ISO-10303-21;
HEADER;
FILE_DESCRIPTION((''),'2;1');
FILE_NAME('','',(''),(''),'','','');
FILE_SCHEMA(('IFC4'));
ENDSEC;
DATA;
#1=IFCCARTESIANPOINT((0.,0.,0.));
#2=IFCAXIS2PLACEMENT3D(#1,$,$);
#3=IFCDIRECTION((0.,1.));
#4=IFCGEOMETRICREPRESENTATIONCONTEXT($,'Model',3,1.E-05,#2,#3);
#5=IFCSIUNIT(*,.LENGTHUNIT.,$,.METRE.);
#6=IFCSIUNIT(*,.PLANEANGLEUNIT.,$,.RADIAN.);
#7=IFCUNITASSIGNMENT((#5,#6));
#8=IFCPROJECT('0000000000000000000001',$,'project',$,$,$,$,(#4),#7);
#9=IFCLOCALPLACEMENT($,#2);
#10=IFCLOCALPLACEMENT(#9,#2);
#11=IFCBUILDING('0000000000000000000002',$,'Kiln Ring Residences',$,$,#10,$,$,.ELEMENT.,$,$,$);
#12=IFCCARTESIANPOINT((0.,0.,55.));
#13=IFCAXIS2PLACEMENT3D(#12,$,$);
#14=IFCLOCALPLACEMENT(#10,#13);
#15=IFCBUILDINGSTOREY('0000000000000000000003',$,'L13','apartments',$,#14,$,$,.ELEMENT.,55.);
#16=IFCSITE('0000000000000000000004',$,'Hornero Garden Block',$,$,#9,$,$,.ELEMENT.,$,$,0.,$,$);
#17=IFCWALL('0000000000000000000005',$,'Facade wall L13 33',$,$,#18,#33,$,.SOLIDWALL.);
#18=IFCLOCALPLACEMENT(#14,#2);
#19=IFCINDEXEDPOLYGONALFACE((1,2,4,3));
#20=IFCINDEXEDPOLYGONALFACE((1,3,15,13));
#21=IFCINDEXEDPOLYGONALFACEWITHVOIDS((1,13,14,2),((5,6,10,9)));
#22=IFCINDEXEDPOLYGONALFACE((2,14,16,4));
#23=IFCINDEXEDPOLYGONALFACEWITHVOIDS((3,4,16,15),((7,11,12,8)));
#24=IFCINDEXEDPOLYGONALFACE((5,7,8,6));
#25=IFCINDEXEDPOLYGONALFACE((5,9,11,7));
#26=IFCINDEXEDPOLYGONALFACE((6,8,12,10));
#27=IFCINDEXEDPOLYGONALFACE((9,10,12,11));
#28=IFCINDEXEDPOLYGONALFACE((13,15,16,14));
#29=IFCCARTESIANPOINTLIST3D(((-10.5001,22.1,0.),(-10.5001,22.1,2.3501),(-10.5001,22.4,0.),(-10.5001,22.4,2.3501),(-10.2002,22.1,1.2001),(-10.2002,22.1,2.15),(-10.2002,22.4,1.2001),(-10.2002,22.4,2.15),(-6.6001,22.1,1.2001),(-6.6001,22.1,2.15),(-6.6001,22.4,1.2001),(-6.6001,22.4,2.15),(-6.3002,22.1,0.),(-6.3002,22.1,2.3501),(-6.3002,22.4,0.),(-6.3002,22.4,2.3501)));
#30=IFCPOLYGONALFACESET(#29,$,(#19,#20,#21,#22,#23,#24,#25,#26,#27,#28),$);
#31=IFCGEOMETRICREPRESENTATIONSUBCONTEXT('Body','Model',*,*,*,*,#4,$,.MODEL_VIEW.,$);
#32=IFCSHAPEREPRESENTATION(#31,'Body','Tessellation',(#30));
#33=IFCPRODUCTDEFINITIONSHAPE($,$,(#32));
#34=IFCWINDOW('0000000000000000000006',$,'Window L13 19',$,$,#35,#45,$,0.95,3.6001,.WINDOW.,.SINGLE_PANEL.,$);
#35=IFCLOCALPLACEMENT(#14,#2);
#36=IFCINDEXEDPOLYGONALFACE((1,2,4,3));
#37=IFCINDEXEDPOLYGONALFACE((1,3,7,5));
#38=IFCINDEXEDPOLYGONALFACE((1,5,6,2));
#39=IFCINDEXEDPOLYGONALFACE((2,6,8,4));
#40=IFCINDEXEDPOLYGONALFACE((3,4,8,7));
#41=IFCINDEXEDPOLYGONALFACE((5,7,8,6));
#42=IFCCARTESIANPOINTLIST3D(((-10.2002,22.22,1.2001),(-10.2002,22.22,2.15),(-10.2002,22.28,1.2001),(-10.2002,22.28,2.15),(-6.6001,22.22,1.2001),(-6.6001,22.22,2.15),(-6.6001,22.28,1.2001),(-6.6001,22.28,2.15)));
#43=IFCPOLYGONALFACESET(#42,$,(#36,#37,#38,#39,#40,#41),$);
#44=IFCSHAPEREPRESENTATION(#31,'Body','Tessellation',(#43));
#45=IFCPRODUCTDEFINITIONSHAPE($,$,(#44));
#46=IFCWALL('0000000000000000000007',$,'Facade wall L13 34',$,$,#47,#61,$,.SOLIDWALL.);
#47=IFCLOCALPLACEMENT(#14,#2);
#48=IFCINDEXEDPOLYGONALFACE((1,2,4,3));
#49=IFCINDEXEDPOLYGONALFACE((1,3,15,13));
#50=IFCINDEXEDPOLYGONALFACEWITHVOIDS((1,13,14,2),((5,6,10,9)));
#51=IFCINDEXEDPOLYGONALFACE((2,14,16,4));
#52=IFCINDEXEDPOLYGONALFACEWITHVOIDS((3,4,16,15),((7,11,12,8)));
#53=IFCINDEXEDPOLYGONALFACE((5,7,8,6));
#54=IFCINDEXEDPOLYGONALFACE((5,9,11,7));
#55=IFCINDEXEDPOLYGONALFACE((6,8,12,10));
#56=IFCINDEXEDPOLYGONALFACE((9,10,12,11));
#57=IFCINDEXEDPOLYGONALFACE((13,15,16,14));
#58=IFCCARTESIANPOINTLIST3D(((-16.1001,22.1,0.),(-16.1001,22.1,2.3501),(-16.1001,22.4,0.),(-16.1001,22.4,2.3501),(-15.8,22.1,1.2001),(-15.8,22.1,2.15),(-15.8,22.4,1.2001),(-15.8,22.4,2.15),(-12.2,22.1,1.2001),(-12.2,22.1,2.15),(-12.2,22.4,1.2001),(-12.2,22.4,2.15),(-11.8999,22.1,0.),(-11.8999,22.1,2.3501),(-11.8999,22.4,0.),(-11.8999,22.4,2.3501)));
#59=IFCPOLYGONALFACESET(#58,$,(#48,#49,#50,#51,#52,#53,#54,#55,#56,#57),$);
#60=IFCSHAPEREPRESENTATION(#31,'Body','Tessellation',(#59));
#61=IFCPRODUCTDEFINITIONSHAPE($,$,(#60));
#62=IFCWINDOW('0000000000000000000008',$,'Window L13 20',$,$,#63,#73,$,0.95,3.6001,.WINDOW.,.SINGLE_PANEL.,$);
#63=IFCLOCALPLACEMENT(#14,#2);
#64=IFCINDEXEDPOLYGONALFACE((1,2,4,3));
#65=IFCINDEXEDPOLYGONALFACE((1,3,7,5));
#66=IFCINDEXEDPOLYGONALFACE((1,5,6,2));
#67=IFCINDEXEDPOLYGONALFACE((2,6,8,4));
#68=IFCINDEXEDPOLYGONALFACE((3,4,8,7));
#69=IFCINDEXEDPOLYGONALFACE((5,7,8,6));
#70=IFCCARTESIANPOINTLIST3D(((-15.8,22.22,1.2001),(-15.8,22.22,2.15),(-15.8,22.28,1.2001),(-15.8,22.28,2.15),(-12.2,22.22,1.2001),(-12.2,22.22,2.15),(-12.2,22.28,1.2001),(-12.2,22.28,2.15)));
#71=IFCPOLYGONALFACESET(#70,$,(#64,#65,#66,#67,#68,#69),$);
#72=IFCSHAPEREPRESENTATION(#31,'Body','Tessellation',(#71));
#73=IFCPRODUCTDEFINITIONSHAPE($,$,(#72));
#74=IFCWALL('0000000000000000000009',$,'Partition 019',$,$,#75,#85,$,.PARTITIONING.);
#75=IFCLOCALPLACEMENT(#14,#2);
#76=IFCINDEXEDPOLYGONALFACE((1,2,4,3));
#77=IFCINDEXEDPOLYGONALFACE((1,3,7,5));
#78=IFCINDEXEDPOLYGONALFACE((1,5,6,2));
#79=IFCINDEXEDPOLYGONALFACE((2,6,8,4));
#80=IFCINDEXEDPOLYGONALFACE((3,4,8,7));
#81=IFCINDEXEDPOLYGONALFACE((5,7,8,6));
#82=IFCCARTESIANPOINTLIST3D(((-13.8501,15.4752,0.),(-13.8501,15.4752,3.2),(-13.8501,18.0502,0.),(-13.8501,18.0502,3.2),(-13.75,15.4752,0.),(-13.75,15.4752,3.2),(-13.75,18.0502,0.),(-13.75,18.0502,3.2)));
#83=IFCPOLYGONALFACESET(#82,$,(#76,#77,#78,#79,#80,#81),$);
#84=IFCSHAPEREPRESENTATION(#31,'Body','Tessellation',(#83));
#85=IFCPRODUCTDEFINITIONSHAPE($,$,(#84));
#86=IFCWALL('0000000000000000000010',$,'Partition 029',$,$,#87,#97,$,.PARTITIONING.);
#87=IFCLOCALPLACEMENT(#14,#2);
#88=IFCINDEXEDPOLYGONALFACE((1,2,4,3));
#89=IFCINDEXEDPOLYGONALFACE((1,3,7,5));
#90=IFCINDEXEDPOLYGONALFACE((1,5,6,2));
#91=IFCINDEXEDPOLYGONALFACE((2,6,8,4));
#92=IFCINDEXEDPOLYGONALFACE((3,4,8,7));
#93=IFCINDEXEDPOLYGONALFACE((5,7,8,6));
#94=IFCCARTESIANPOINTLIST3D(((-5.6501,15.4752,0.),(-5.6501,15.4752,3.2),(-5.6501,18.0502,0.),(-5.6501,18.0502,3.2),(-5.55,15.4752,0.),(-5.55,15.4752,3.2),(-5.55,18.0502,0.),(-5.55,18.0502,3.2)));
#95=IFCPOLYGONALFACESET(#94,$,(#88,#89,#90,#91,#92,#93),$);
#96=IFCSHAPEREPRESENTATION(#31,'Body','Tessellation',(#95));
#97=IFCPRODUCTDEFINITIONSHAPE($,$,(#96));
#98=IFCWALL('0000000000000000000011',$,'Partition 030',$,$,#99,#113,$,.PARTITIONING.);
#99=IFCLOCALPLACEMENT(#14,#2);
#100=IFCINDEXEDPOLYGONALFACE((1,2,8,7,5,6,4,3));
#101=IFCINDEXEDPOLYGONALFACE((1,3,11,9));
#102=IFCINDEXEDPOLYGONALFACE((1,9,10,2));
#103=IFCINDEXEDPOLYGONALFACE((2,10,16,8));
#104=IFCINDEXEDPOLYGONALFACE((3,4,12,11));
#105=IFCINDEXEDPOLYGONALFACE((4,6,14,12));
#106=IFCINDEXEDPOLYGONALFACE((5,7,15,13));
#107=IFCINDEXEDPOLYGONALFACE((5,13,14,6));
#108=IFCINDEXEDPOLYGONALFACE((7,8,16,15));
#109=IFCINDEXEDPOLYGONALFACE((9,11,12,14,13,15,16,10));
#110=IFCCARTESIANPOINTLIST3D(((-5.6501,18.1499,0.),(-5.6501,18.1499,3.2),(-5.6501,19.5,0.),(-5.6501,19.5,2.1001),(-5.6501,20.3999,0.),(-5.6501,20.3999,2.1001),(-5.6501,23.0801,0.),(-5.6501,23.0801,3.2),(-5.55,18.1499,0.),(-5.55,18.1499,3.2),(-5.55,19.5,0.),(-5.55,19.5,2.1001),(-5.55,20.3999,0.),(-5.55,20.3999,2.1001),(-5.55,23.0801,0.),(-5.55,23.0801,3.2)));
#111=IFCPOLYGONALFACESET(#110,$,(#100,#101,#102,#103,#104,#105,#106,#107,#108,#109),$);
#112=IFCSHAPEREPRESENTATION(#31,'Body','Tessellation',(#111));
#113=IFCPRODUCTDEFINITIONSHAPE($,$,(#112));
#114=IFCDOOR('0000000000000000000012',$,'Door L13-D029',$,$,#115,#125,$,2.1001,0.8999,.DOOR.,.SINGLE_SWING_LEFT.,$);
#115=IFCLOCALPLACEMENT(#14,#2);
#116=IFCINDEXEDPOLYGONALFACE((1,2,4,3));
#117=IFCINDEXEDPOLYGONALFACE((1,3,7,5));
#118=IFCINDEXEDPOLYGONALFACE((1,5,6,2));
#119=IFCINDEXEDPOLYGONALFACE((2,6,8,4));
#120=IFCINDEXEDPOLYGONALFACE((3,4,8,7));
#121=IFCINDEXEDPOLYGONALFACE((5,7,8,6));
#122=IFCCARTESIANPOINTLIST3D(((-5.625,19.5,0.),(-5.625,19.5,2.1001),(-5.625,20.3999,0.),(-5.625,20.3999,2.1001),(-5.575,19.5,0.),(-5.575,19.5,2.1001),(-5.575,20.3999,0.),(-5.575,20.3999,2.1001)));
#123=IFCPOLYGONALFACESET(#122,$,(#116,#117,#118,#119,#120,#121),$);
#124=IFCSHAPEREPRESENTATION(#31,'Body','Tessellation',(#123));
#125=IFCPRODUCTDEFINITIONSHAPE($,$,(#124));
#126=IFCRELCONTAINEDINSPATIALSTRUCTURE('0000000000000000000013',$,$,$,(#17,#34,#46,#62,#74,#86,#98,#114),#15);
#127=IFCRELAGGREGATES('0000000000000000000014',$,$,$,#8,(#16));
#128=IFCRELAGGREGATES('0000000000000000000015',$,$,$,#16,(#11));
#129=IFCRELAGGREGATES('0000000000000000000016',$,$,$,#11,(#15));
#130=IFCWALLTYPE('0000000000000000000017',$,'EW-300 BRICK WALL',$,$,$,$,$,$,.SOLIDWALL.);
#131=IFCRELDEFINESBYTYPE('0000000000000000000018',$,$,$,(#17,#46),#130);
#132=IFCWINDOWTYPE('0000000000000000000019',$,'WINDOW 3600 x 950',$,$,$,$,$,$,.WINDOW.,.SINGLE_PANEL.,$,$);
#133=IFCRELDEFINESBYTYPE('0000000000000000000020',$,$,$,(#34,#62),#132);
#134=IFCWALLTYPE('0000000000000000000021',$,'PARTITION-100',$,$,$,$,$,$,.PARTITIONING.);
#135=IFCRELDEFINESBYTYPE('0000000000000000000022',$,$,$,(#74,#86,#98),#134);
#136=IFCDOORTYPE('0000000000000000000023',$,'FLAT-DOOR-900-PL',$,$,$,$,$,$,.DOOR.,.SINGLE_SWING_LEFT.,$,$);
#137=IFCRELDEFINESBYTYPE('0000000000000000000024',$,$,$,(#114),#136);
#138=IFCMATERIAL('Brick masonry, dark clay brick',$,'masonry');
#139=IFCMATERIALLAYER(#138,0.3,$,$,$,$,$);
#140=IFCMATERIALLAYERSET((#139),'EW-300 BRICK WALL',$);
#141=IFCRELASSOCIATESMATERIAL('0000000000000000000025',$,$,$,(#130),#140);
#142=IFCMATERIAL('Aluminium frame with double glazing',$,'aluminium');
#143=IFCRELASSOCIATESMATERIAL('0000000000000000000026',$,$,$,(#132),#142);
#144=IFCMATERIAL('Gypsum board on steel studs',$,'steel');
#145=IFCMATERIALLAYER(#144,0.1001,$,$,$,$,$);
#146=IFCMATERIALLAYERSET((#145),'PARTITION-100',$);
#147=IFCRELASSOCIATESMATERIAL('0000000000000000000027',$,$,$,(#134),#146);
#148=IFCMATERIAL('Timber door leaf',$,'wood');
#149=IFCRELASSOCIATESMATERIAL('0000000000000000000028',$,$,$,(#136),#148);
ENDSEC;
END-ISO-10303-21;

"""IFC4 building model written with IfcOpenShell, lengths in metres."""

from ifc_helpers import new_model, si_unit, direction, frame, frame_2d, origin, place, context, subcontext, project, spatial, rectangle, extrude, material, layer, layer_set, type_object, element, fill, save


model = new_model("IFC4")

# Units and contexts
model_context = context("Model", 3, precision=1e-05, world=origin(), true_north=direction((0.0, 1.0)))
body_context = subcontext(model_context, "Body", "Model", "MODEL_VIEW")
ifc_project = project(units=[si_unit("LENGTHUNIT", "METRE"), si_unit("PLANEANGLEUNIT", "RADIAN")], contexts=[model_context])

# Site, building, storey
site_placement = place(None, origin())
site = spatial("IfcSite", under=ifc_project, at=site_placement, Name="Hornero Garden Block", CompositionType="ELEMENT", RefElevation=0.0)
building_placement = place(site_placement, origin())
building = spatial("IfcBuilding", under=site, at=building_placement, Name="Kiln Ring Residences", CompositionType="ELEMENT")
storey_placement = place(building_placement, frame((0.0, 0.0, 55.0)))
storey = spatial("IfcBuildingStorey", under=building, at=storey_placement, Name="L13", Description="apartments", CompositionType="ELEMENT", Elevation=55.0)

# Walls, openings, windows
ifc_material_1 = material(Name="Brick masonry, dark clay brick", Category="masonry")
ifc_layer_1 = layer(ifc_material_1, 0.3)
ifc_layer_set_1 = layer_set([ifc_layer_1], Name="EW-300 BRICK WALL")
wall_type_1 = type_object("IfcWallType", Name="EW-300 BRICK WALL", PredefinedType="SOLIDWALL", material=ifc_layer_set_1)
ifc_material_2 = material(Name="Aluminium frame with double glazing", Category="aluminium")
window_type = type_object("IfcWindowType", Name="WINDOW 3600 x 950", PartitioningType="SINGLE_PANEL", PredefinedType="WINDOW", material=ifc_material_2)
wall_1_placement = place(storey_placement, frame((-6.3, 22.25, 0.0), z_axis=(0.0, 0.0, 1.0), x_axis=(-1.0, 0.0, 0.0)))
wall_1 = element("IfcWall", 1, at=wall_1_placement, inside=storey, type_object=wall_type_1, Name="Facade wall L13 33", PredefinedType="SOLIDWALL", context=body_context, shape_type="SweptSolid", body=[
    extrude(rectangle(XDim=4.2, YDim=0.3, at=frame_2d((2.1001, 0.0))), origin(), (0.0, 0.0, 1.0), 2.3501),
])
opening_1_placement = place(wall_1_placement, frame((0.3, 0.0, 1.2)))
opening_1 = element("IfcOpeningElement", 2, at=opening_1_placement, cuts=wall_1, PredefinedType="OPENING", context=body_context, shape_type="SweptSolid", body=[
    extrude(rectangle(XDim=3.6001, YDim=0.95, at=frame_2d((1.8, 0.4751))), frame((0.0, 0.1599, 0.0), z_axis=(0.0, -1.0, 0.0), x_axis=(1.0, 0.0, 0.0)), (0.0, 0.0, 1.0), 0.3201),
])
window_1_placement = place(opening_1_placement, origin())
window_1 = element("IfcWindow", 3, at=window_1_placement, inside=storey, type_object=window_type, Name="Window L13 19", OverallHeight=0.95, OverallWidth=3.6001, PartitioningType="SINGLE_PANEL", PredefinedType="WINDOW", context=body_context, shape_type="SweptSolid", body=[
    extrude(rectangle(XDim=3.6001, YDim=0.95, at=frame_2d((1.8, 0.4751))), frame((0.0, 0.03, 0.0), z_axis=(0.0, -1.0, 0.0), x_axis=(1.0, 0.0, 0.0)), (0.0, 0.0, 1.0), 0.0601),
])
fill(opening_1, window_1)
wall_2_placement = place(storey_placement, frame((-11.8999, 22.25, 0.0), z_axis=(0.0, 0.0, 1.0), x_axis=(-1.0, 0.0, 0.0)))
wall_2 = element("IfcWall", 4, at=wall_2_placement, inside=storey, type_object=wall_type_1, Name="Facade wall L13 34", PredefinedType="SOLIDWALL", context=body_context, shape_type="SweptSolid", body=[
    extrude(rectangle(XDim=4.2002, YDim=0.3, at=frame_2d((2.1001, 0.0))), origin(), (0.0, 0.0, 1.0), 2.3501),
])
opening_2_placement = place(wall_2_placement, frame((0.3, 0.0, 1.2)))
opening_2 = element("IfcOpeningElement", 5, at=opening_2_placement, cuts=wall_2, PredefinedType="OPENING", context=body_context, shape_type="SweptSolid", body=[
    extrude(rectangle(XDim=3.6001, YDim=0.95, at=frame_2d((1.8, 0.4751))), frame((0.0, 0.1599, 0.0), z_axis=(0.0, -1.0, 0.0), x_axis=(1.0, 0.0, 0.0)), (0.0, 0.0, 1.0), 0.3201),
])
window_2_placement = place(opening_2_placement, origin())
window_2 = element("IfcWindow", 6, at=window_2_placement, inside=storey, type_object=window_type, Name="Window L13 20", OverallHeight=0.95, OverallWidth=3.6001, PartitioningType="SINGLE_PANEL", PredefinedType="WINDOW", context=body_context, shape_type="SweptSolid", body=[
    extrude(rectangle(XDim=3.6001, YDim=0.95, at=frame_2d((1.8, 0.4751))), frame((0.0, 0.03, 0.0), z_axis=(0.0, -1.0, 0.0), x_axis=(1.0, 0.0, 0.0)), (0.0, 0.0, 1.0), 0.0601),
])
fill(opening_2, window_2)

# Walls
ifc_material_3 = material(Name="Gypsum board on steel studs", Category="steel")
ifc_layer_2 = layer(ifc_material_3, 0.1001)
ifc_layer_set_2 = layer_set([ifc_layer_2], Name="PARTITION-100")
wall_type_2 = type_object("IfcWallType", Name="PARTITION-100", PredefinedType="PARTITIONING", material=ifc_layer_set_2)
for number, where, z_axis, x_axis, name in (
    (7, (-13.8, 15.4751, 0.0), (0.0, 0.0, 1.0), (0.0, 1.0, 0.0), "Partition 019"),
    (8, (-5.6001, 15.4751, 0.0), (0.0, 0.0, 1.0), (0.0, 1.0, 0.0), "Partition 029"),
):
    element("IfcWall", number, at=place(storey_placement, frame(where, z_axis=z_axis, x_axis=x_axis)), inside=storey, type_object=wall_type_2, Name=name, PredefinedType="PARTITIONING", context=body_context, shape_type="SweptSolid", body=[
        extrude(rectangle(XDim=2.575, YDim=0.1001, at=frame_2d((1.2876, 0.0))), origin(), (0.0, 0.0, 1.0), 3.2),
    ])

# Wall, opening, door
wall_3_placement = place(storey_placement, frame((-5.6001, 18.1499, 0.0), z_axis=(0.0, 0.0, 1.0), x_axis=(0.0, 1.0, 0.0)))
wall_3 = element("IfcWall", 9, at=wall_3_placement, inside=storey, type_object=wall_type_2, Name="Partition 030", PredefinedType="PARTITIONING", context=body_context, shape_type="SweptSolid", body=[
    extrude(rectangle(XDim=4.9302, YDim=0.1001, at=frame_2d((2.4651, 0.0))), origin(), (0.0, 0.0, 1.0), 3.2),
])
opening_3_placement = place(wall_3_placement, frame((1.3501, 0.0, 0.0)))
opening_3 = element("IfcOpeningElement", 10, at=opening_3_placement, cuts=wall_3, PredefinedType="OPENING", context=body_context, shape_type="SweptSolid", body=[
    extrude(rectangle(XDim=0.8999, YDim=2.1001, at=frame_2d((0.45, 1.05))), frame((0.0, 0.0601, 0.0), z_axis=(0.0, -1.0, 0.0), x_axis=(1.0, 0.0, 0.0)), (0.0, 0.0, 1.0), 0.1201),
])
ifc_material_4 = material(Name="Timber door leaf", Category="wood")
door_type_1 = type_object("IfcDoorType", Name="FLAT-DOOR-900-PL", OperationType="SINGLE_SWING_LEFT", PredefinedType="DOOR", material=ifc_material_4)
door_1_placement = place(opening_3_placement, origin())
door_1 = element("IfcDoor", 11, at=door_1_placement, inside=storey, type_object=door_type_1, Name="Door L13-D029", OperationType="SINGLE_SWING_LEFT", OverallHeight=2.1001, OverallWidth=0.8999, PredefinedType="DOOR", context=body_context, shape_type="SweptSolid", body=[
    extrude(rectangle(XDim=0.8999, YDim=2.1001, at=frame_2d((0.45, 1.05))), frame((0.0, 0.0249, 0.0), z_axis=(0.0, -1.0, 0.0), x_axis=(1.0, 0.0, 0.0)), (0.0, 0.0, 1.0), 0.05),
])
fill(opening_3, door_1)

save(model, "model.ifc")
